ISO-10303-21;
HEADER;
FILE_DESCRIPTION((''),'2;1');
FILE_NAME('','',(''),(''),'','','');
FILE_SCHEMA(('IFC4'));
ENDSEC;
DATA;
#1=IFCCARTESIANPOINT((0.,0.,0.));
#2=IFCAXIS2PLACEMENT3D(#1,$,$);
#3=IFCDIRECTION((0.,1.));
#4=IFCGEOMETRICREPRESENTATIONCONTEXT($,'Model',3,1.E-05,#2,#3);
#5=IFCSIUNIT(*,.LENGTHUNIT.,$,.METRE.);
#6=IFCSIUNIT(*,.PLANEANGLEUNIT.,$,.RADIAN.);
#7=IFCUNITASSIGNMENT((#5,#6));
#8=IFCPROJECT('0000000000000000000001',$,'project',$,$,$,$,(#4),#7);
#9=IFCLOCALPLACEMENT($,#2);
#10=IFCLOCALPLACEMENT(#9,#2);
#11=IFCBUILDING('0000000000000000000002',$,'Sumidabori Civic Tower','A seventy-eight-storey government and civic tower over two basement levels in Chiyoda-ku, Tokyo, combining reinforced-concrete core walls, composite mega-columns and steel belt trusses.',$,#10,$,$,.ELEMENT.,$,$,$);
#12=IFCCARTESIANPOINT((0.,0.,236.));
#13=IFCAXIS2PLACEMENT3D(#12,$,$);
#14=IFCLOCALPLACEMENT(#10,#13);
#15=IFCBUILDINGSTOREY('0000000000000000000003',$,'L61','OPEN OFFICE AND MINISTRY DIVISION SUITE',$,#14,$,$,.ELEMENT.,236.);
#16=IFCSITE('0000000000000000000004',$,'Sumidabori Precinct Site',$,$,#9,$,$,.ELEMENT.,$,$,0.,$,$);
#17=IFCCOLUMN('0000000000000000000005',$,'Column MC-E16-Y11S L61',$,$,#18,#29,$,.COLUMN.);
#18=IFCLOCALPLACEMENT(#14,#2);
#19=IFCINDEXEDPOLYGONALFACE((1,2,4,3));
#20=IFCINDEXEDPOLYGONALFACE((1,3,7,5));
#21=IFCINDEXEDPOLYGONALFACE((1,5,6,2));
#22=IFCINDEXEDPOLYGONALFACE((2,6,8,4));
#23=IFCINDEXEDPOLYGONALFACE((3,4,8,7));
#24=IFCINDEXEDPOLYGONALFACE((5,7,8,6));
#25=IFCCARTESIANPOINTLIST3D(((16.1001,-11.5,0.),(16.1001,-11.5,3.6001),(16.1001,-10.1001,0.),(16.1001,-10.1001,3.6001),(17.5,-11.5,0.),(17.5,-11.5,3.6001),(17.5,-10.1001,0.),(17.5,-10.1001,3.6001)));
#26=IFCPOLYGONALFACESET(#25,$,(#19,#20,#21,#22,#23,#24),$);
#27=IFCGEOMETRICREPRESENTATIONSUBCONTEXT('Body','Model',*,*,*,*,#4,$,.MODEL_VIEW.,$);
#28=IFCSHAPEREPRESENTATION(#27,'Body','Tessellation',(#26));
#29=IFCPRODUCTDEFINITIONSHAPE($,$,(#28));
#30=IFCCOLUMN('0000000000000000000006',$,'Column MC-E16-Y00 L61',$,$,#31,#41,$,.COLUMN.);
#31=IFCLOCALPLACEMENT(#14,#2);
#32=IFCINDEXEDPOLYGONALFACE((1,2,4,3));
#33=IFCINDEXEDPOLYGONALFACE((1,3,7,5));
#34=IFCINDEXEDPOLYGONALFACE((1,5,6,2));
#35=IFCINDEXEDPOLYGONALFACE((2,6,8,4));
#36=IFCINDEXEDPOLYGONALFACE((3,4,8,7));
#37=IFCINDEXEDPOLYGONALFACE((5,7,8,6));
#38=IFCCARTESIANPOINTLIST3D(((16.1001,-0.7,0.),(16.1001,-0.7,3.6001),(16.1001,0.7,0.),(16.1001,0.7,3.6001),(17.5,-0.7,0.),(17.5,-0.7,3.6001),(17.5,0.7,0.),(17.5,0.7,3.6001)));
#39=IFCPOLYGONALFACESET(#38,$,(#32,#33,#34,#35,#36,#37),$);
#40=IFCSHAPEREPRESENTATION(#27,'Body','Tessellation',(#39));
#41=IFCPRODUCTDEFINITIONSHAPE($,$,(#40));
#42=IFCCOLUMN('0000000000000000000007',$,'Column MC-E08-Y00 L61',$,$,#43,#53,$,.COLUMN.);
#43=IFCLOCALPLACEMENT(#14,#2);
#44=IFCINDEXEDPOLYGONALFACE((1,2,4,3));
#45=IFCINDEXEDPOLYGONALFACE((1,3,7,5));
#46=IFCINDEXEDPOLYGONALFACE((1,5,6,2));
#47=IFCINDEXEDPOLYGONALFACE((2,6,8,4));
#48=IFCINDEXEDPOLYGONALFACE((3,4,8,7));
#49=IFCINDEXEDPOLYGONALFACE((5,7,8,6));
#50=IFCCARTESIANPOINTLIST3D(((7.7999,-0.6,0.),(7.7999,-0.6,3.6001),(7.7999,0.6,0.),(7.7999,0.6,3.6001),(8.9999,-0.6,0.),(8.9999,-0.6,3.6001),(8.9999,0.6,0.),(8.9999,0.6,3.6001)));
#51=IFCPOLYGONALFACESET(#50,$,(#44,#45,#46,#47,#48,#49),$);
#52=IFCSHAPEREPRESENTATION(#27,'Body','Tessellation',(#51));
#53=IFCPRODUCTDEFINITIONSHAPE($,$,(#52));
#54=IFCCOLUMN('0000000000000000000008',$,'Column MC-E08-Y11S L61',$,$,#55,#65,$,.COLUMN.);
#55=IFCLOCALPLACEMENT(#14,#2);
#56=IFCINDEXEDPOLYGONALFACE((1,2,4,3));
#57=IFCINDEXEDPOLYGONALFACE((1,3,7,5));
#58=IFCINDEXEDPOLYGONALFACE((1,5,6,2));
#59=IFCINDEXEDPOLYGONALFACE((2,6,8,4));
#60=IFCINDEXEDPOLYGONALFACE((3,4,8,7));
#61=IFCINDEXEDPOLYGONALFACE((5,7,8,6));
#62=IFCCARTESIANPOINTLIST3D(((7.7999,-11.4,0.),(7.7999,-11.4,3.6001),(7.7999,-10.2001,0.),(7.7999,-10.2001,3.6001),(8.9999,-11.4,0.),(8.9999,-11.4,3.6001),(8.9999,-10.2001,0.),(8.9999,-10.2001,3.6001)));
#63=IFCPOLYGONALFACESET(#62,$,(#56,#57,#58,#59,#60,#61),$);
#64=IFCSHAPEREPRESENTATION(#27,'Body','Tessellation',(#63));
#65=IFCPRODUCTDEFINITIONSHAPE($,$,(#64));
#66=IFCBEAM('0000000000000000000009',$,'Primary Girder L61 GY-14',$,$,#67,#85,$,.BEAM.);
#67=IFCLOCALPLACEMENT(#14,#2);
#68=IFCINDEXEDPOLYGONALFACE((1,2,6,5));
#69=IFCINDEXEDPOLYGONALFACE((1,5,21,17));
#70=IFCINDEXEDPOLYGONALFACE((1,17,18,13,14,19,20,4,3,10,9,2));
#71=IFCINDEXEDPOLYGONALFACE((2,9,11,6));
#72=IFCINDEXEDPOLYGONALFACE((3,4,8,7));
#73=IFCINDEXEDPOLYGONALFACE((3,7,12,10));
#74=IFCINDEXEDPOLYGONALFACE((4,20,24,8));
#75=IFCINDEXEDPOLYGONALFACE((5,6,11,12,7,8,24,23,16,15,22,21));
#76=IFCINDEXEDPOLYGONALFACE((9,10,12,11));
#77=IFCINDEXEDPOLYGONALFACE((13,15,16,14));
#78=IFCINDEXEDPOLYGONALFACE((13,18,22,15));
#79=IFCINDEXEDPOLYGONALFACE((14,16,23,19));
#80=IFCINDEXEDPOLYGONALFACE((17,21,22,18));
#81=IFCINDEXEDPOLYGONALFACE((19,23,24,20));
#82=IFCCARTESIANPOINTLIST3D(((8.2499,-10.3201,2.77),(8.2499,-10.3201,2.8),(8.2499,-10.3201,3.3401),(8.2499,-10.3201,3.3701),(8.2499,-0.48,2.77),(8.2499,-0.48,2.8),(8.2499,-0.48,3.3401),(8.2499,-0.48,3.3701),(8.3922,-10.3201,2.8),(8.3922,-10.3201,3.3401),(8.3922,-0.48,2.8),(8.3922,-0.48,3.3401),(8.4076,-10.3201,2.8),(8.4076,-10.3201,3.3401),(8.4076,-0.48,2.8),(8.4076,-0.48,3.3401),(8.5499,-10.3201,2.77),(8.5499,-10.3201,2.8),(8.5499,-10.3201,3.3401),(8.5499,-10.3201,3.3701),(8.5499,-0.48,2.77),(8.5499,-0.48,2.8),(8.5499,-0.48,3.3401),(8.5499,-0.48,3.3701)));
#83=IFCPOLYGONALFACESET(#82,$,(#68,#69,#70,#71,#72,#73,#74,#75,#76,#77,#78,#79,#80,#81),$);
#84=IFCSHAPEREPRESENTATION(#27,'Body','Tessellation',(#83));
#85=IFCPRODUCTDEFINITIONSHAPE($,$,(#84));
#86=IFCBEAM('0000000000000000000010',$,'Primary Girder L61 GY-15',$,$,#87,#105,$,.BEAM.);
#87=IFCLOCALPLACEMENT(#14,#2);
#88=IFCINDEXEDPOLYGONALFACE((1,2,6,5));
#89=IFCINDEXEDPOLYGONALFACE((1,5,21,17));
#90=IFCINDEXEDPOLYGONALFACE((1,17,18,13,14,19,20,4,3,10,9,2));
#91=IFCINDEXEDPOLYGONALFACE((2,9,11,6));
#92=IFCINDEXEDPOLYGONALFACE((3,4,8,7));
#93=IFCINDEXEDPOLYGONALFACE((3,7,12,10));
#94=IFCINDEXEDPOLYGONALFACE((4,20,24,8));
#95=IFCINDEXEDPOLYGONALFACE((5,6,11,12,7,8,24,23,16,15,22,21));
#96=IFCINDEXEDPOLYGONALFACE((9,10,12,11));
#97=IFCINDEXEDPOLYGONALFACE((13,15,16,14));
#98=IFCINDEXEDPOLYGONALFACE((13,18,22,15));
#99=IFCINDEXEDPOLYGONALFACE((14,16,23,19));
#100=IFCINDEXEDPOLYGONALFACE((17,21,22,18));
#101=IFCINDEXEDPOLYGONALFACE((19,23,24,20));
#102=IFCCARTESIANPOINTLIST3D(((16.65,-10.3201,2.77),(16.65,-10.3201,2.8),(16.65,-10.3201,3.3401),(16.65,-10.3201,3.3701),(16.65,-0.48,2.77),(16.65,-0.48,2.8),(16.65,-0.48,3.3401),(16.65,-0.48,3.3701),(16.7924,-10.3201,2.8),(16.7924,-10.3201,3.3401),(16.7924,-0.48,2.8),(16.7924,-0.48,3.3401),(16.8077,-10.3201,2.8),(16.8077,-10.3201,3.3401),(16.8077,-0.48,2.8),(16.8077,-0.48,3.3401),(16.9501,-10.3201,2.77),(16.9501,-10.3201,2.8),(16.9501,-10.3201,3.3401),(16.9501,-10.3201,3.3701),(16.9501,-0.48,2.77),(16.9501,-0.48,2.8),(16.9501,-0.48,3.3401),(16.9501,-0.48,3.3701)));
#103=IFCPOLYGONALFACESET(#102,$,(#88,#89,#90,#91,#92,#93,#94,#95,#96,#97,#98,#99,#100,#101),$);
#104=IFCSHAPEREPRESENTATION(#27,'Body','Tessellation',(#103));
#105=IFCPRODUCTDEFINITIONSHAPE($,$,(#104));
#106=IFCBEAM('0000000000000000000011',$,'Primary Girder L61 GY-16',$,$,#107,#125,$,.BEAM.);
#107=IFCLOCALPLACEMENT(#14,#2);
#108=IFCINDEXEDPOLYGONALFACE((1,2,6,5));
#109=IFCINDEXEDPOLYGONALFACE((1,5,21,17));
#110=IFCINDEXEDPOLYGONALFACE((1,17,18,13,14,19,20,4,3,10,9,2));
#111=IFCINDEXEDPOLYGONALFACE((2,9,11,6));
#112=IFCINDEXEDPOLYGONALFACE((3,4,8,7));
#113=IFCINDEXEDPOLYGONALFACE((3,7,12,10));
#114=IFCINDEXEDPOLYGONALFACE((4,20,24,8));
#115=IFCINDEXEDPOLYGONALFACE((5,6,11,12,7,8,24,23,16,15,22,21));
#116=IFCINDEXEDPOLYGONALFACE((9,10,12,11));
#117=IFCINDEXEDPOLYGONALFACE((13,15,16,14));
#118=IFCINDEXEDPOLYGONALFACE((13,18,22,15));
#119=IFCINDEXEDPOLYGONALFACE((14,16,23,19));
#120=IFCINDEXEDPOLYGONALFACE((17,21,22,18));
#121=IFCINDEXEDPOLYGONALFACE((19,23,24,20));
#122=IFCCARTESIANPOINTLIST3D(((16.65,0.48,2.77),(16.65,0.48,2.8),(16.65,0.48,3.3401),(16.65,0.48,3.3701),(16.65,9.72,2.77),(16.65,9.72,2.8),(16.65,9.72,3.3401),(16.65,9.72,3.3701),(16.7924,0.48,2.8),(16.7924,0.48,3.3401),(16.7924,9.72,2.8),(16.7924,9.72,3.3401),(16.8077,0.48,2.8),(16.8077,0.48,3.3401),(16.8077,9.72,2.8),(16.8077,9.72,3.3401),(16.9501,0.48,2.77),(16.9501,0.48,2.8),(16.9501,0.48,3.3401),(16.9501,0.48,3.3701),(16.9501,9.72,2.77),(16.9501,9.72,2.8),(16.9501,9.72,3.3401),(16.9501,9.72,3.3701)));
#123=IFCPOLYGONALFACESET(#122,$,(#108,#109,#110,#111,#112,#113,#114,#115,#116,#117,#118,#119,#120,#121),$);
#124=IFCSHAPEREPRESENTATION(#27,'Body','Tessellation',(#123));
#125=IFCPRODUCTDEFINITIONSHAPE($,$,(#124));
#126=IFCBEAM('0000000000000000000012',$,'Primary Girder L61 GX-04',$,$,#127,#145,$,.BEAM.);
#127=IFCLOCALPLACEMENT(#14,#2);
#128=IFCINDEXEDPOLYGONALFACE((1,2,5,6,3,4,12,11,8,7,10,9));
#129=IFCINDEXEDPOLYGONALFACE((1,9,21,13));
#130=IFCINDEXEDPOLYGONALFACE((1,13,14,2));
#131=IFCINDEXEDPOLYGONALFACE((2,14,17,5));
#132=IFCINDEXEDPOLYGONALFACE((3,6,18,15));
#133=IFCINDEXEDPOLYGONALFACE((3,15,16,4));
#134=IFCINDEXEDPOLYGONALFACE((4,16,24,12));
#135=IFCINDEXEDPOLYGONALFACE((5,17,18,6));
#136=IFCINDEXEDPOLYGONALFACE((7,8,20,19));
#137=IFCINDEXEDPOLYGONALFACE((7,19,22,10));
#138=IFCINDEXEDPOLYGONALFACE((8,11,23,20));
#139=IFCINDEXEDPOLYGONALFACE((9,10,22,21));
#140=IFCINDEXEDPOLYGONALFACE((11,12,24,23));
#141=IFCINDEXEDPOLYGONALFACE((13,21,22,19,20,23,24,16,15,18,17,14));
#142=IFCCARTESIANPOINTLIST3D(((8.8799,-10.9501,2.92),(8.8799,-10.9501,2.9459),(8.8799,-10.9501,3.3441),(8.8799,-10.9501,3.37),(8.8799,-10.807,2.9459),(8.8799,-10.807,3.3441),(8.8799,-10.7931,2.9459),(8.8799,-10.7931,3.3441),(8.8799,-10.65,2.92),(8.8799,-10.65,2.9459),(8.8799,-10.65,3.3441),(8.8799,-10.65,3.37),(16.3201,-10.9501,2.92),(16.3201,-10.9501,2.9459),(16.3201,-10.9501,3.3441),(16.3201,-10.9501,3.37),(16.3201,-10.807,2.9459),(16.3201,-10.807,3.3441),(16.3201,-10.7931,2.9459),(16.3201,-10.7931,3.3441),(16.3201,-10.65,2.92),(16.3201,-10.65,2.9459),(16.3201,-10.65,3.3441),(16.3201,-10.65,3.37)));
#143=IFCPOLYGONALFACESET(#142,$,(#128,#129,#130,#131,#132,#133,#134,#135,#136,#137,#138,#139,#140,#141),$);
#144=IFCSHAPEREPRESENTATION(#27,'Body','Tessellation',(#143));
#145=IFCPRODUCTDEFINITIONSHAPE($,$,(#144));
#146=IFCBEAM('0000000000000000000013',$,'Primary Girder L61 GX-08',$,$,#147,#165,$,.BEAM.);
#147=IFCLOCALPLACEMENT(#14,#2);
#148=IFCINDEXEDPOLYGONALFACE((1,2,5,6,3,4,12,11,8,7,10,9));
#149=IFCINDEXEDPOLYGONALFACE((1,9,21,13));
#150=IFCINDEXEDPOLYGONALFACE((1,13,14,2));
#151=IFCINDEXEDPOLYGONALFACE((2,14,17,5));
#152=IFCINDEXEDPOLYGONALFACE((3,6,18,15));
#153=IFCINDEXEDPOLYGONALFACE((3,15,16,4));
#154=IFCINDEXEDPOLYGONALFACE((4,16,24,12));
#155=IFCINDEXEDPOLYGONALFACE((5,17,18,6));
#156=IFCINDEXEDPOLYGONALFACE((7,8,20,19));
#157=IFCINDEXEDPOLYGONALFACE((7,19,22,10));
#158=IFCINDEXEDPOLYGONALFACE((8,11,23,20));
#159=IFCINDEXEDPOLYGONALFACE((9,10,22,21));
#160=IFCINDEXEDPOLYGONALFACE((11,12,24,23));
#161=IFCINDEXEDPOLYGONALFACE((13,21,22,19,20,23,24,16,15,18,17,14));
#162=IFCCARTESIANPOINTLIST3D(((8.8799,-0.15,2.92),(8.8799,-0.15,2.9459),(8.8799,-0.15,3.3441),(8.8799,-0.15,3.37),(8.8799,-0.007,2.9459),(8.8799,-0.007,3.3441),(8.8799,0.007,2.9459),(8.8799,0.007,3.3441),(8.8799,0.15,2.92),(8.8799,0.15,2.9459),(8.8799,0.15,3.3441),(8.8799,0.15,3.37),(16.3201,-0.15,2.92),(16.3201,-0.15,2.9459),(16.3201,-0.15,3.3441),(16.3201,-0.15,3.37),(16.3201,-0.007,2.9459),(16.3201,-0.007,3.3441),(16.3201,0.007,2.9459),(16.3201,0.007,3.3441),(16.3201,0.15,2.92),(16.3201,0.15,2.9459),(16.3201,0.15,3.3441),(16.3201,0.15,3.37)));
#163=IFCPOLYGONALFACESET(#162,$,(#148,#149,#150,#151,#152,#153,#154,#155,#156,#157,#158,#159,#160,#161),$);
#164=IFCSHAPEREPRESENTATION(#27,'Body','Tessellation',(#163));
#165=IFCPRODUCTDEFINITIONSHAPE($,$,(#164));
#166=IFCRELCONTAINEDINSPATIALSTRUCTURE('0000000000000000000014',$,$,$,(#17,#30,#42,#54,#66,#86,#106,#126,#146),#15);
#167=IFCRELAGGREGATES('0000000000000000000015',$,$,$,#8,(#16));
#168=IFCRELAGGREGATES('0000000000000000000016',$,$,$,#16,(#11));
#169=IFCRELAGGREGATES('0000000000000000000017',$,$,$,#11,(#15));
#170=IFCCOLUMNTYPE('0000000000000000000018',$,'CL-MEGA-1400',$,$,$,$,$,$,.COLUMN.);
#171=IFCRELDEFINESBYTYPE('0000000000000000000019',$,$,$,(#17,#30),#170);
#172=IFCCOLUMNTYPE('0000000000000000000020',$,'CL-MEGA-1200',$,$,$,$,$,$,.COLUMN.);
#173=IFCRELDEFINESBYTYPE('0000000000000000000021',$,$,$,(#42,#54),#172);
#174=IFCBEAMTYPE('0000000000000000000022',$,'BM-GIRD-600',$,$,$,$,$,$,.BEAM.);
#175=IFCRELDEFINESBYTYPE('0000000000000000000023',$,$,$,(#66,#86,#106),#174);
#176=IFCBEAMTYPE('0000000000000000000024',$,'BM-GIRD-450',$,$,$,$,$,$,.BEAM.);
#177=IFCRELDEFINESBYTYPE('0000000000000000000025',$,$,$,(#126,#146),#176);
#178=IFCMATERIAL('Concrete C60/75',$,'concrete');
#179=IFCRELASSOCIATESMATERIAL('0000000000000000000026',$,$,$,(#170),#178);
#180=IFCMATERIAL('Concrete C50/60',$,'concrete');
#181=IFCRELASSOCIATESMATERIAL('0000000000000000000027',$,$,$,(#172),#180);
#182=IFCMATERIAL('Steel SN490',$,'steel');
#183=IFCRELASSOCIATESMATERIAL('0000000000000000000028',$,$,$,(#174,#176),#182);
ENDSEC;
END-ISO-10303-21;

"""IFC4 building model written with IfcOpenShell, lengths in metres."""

from ifc_helpers import new_model, si_unit, direction, frame, origin, origin_2d, place, context, subcontext, project, spatial, rectangle, i_section, extrude, source, transform, mapped, material, material_profile, profile_set, type_object, element, save


model = new_model("IFC4")

# Units and contexts
model_context = context("Model", 3, precision=1e-05, world=origin(), true_north=direction((0.0, 1.0)))
body_context = subcontext(model_context, "Body", "Model", "MODEL_VIEW")
ifc_project = project(units=[si_unit("LENGTHUNIT", "METRE"), si_unit("PLANEANGLEUNIT", "RADIAN")], contexts=[model_context])

# Site, building, storey
site_placement = place(None, origin())
site = spatial("IfcSite", under=ifc_project, at=site_placement, Name="Sumidabori Precinct Site", CompositionType="ELEMENT", RefElevation=0.0)
building_placement = place(site_placement, origin())
building = spatial("IfcBuilding", under=site, at=building_placement, Name="Sumidabori Civic Tower", Description="A seventy-eight-storey government and civic tower over two basement levels in Chiyoda-ku, Tokyo, combining reinforced-concrete core walls, composite mega-columns and steel belt trusses.", CompositionType="ELEMENT")
storey_placement = place(building_placement, frame((0.0, 0.0, 236.0)))
storey = spatial("IfcBuildingStorey", under=building, at=storey_placement, Name="L61", Description="OPEN OFFICE AND MINISTRY DIVISION SUITE", CompositionType="ELEMENT", Elevation=236.0)

# Columns
ifc_material_1 = material(Name="Concrete C60/75", Category="concrete")
ifc_material_profile_1 = material_profile(ifc_material_1, rectangle(XDim=1.3999, YDim=1.3999, at=origin_2d()), Name="RC 1400x1400")
ifc_profile_set_1 = profile_set([ifc_material_profile_1], Name="Concrete C60/75")
column_type_1 = type_object("IfcColumnType", Name="CL-MEGA-1400", PredefinedType="COLUMN", material=ifc_profile_set_1)
shared_shape_1 = source(origin(), body_context, "Body", "SweptSolid", [
    extrude(rectangle(XDim=1.3999, YDim=1.3999, at=origin_2d()), origin(), (0.0, 0.0, 1.0), 3.6001),
])
for number, where, z_axis, x_axis, name in (
    (1, (16.8, -10.8, 0.0), (0.0, 0.0, 1.0), (1.0, 0.0, 0.0), "Column MC-E16-Y11S L61"),
    (2, (16.8, 0.0, 0.0), (0.0, 0.0, 1.0), (1.0, 0.0, 0.0), "Column MC-E16-Y00 L61"),
):
    element("IfcColumn", number, at=place(storey_placement, frame(where, z_axis=z_axis, x_axis=x_axis)), inside=storey, type_object=column_type_1, Name=name, PredefinedType="COLUMN", context=body_context, shape_type="MappedRepresentation", body=[
        mapped(shared_shape_1, transform((0.0, 0.0, 0.0), x_axis=(1.0, 0.0, 0.0), y_axis=(0.0, 1.0, 0.0), z_axis=(0.0, 0.0, 1.0), scale=1.0)),
    ])
ifc_material_2 = material(Name="Concrete C50/60", Category="concrete")
ifc_material_profile_2 = material_profile(ifc_material_2, rectangle(XDim=1.2, YDim=1.2, at=origin_2d()), Name="RC 1200x1200")
ifc_profile_set_2 = profile_set([ifc_material_profile_2], Name="Concrete C50/60")
column_type_2 = type_object("IfcColumnType", Name="CL-MEGA-1200", PredefinedType="COLUMN", material=ifc_profile_set_2)
shared_shape_2 = source(origin(), body_context, "Body", "SweptSolid", [
    extrude(rectangle(XDim=1.2, YDim=1.2, at=origin_2d()), origin(), (0.0, 0.0, 1.0), 3.6001),
])
for number, where, z_axis, x_axis, name in (
    (3, (8.3999, 0.0, 0.0), (0.0, 0.0, 1.0), (1.0, 0.0, 0.0), "Column MC-E08-Y00 L61"),
    (4, (8.3999, -10.8, 0.0), (0.0, 0.0, 1.0), (1.0, 0.0, 0.0), "Column MC-E08-Y11S L61"),
):
    element("IfcColumn", number, at=place(storey_placement, frame(where, z_axis=z_axis, x_axis=x_axis)), inside=storey, type_object=column_type_2, Name=name, PredefinedType="COLUMN", context=body_context, shape_type="MappedRepresentation", body=[
        mapped(shared_shape_2, transform((0.0, 0.0, 0.0), x_axis=(1.0, 0.0, 0.0), y_axis=(0.0, 1.0, 0.0), z_axis=(0.0, 0.0, 1.0), scale=1.0)),
    ])

# Beams
ifc_material_3 = material(Name="Steel SN490", Category="steel")
ifc_material_profile_3 = material_profile(ifc_material_3, i_section(OverallWidth=0.3, OverallDepth=0.6001, WebThickness=0.0154, FlangeThickness=0.03, at=origin_2d()), Name="HE 600 B")
ifc_profile_set_3 = profile_set([ifc_material_profile_3], Name="Steel SN490")
beam_type_1 = type_object("IfcBeamType", Name="BM-GIRD-600", PredefinedType="BEAM", material=ifc_profile_set_3)
shared_shape_3 = source(origin(), body_context, "Body", "SweptSolid", [
    extrude(i_section(OverallWidth=0.3, OverallDepth=0.6001, WebThickness=0.0154, FlangeThickness=0.03, at=origin_2d()), origin(), (0.0, 0.0, 1.0), 9.8401),
])
for number, where, z_axis, x_axis, name in (
    (5, (8.3999, -10.3201, 3.0701), (0.0, 1.0, 0.0), (-1.0, 0.0, 0.0), "Primary Girder L61 GY-14"),
    (6, (16.8, -10.3201, 3.0701), (0.0, 1.0, 0.0), (-1.0, 0.0, 0.0), "Primary Girder L61 GY-15"),
):
    element("IfcBeam", number, at=place(storey_placement, frame(where, z_axis=z_axis, x_axis=x_axis)), inside=storey, type_object=beam_type_1, Name=name, PredefinedType="BEAM", context=body_context, shape_type="MappedRepresentation", body=[
        mapped(shared_shape_3, transform((0.0, 0.0, 0.0), x_axis=(1.0, 0.0, 0.0), y_axis=(0.0, 1.0, 0.0), z_axis=(0.0, 0.0, 1.0), scale=1.0)),
    ])
shared_shape_4 = source(origin(), body_context, "Body", "SweptSolid", [
    extrude(i_section(OverallWidth=0.3, OverallDepth=0.6001, WebThickness=0.0154, FlangeThickness=0.03, at=origin_2d()), origin(), (0.0, 0.0, 1.0), 9.24),
])
beam_1_placement = place(storey_placement, frame((16.8, 0.48, 3.0701), z_axis=(0.0, 1.0, 0.0), x_axis=(-1.0, 0.0, 0.0)))
element("IfcBeam", 7, at=beam_1_placement, inside=storey, type_object=beam_type_1, Name="Primary Girder L61 GY-16", PredefinedType="BEAM", context=body_context, shape_type="MappedRepresentation", body=[
    mapped(shared_shape_4, transform((0.0, 0.0, 0.0), x_axis=(1.0, 0.0, 0.0), y_axis=(0.0, 1.0, 0.0), z_axis=(0.0, 0.0, 1.0), scale=1.0)),
])
ifc_material_profile_4 = material_profile(ifc_material_3, i_section(OverallWidth=0.3, OverallDepth=0.45, WebThickness=0.0139, FlangeThickness=0.0259, at=origin_2d()), Name="HE 450 B")
ifc_profile_set_4 = profile_set([ifc_material_profile_4], Name="Steel SN490")
beam_type_2 = type_object("IfcBeamType", Name="BM-GIRD-450", PredefinedType="BEAM", material=ifc_profile_set_4)
shared_shape_5 = source(origin(), body_context, "Body", "SweptSolid", [
    extrude(i_section(OverallWidth=0.3, OverallDepth=0.45, WebThickness=0.0139, FlangeThickness=0.0259, at=origin_2d()), origin(), (0.0, 0.0, 1.0), 7.4402),
])
for number, where, z_axis, x_axis, name in (
    (8, (8.8799, -10.8, 3.145), (1.0, 0.0, 0.0), (0.0, 1.0, 0.0), "Primary Girder L61 GX-04"),
    (9, (8.8799, 0.0, 3.145), (1.0, 0.0, 0.0), (0.0, 1.0, 0.0), "Primary Girder L61 GX-08"),
):
    element("IfcBeam", number, at=place(storey_placement, frame(where, z_axis=z_axis, x_axis=x_axis)), inside=storey, type_object=beam_type_2, Name=name, PredefinedType="BEAM", context=body_context, shape_type="MappedRepresentation", body=[
        mapped(shared_shape_5, transform((0.0, 0.0, 0.0), x_axis=(1.0, 0.0, 0.0), y_axis=(0.0, 1.0, 0.0), z_axis=(0.0, 0.0, 1.0), scale=1.0)),
    ])

save(model, "model.ifc")
